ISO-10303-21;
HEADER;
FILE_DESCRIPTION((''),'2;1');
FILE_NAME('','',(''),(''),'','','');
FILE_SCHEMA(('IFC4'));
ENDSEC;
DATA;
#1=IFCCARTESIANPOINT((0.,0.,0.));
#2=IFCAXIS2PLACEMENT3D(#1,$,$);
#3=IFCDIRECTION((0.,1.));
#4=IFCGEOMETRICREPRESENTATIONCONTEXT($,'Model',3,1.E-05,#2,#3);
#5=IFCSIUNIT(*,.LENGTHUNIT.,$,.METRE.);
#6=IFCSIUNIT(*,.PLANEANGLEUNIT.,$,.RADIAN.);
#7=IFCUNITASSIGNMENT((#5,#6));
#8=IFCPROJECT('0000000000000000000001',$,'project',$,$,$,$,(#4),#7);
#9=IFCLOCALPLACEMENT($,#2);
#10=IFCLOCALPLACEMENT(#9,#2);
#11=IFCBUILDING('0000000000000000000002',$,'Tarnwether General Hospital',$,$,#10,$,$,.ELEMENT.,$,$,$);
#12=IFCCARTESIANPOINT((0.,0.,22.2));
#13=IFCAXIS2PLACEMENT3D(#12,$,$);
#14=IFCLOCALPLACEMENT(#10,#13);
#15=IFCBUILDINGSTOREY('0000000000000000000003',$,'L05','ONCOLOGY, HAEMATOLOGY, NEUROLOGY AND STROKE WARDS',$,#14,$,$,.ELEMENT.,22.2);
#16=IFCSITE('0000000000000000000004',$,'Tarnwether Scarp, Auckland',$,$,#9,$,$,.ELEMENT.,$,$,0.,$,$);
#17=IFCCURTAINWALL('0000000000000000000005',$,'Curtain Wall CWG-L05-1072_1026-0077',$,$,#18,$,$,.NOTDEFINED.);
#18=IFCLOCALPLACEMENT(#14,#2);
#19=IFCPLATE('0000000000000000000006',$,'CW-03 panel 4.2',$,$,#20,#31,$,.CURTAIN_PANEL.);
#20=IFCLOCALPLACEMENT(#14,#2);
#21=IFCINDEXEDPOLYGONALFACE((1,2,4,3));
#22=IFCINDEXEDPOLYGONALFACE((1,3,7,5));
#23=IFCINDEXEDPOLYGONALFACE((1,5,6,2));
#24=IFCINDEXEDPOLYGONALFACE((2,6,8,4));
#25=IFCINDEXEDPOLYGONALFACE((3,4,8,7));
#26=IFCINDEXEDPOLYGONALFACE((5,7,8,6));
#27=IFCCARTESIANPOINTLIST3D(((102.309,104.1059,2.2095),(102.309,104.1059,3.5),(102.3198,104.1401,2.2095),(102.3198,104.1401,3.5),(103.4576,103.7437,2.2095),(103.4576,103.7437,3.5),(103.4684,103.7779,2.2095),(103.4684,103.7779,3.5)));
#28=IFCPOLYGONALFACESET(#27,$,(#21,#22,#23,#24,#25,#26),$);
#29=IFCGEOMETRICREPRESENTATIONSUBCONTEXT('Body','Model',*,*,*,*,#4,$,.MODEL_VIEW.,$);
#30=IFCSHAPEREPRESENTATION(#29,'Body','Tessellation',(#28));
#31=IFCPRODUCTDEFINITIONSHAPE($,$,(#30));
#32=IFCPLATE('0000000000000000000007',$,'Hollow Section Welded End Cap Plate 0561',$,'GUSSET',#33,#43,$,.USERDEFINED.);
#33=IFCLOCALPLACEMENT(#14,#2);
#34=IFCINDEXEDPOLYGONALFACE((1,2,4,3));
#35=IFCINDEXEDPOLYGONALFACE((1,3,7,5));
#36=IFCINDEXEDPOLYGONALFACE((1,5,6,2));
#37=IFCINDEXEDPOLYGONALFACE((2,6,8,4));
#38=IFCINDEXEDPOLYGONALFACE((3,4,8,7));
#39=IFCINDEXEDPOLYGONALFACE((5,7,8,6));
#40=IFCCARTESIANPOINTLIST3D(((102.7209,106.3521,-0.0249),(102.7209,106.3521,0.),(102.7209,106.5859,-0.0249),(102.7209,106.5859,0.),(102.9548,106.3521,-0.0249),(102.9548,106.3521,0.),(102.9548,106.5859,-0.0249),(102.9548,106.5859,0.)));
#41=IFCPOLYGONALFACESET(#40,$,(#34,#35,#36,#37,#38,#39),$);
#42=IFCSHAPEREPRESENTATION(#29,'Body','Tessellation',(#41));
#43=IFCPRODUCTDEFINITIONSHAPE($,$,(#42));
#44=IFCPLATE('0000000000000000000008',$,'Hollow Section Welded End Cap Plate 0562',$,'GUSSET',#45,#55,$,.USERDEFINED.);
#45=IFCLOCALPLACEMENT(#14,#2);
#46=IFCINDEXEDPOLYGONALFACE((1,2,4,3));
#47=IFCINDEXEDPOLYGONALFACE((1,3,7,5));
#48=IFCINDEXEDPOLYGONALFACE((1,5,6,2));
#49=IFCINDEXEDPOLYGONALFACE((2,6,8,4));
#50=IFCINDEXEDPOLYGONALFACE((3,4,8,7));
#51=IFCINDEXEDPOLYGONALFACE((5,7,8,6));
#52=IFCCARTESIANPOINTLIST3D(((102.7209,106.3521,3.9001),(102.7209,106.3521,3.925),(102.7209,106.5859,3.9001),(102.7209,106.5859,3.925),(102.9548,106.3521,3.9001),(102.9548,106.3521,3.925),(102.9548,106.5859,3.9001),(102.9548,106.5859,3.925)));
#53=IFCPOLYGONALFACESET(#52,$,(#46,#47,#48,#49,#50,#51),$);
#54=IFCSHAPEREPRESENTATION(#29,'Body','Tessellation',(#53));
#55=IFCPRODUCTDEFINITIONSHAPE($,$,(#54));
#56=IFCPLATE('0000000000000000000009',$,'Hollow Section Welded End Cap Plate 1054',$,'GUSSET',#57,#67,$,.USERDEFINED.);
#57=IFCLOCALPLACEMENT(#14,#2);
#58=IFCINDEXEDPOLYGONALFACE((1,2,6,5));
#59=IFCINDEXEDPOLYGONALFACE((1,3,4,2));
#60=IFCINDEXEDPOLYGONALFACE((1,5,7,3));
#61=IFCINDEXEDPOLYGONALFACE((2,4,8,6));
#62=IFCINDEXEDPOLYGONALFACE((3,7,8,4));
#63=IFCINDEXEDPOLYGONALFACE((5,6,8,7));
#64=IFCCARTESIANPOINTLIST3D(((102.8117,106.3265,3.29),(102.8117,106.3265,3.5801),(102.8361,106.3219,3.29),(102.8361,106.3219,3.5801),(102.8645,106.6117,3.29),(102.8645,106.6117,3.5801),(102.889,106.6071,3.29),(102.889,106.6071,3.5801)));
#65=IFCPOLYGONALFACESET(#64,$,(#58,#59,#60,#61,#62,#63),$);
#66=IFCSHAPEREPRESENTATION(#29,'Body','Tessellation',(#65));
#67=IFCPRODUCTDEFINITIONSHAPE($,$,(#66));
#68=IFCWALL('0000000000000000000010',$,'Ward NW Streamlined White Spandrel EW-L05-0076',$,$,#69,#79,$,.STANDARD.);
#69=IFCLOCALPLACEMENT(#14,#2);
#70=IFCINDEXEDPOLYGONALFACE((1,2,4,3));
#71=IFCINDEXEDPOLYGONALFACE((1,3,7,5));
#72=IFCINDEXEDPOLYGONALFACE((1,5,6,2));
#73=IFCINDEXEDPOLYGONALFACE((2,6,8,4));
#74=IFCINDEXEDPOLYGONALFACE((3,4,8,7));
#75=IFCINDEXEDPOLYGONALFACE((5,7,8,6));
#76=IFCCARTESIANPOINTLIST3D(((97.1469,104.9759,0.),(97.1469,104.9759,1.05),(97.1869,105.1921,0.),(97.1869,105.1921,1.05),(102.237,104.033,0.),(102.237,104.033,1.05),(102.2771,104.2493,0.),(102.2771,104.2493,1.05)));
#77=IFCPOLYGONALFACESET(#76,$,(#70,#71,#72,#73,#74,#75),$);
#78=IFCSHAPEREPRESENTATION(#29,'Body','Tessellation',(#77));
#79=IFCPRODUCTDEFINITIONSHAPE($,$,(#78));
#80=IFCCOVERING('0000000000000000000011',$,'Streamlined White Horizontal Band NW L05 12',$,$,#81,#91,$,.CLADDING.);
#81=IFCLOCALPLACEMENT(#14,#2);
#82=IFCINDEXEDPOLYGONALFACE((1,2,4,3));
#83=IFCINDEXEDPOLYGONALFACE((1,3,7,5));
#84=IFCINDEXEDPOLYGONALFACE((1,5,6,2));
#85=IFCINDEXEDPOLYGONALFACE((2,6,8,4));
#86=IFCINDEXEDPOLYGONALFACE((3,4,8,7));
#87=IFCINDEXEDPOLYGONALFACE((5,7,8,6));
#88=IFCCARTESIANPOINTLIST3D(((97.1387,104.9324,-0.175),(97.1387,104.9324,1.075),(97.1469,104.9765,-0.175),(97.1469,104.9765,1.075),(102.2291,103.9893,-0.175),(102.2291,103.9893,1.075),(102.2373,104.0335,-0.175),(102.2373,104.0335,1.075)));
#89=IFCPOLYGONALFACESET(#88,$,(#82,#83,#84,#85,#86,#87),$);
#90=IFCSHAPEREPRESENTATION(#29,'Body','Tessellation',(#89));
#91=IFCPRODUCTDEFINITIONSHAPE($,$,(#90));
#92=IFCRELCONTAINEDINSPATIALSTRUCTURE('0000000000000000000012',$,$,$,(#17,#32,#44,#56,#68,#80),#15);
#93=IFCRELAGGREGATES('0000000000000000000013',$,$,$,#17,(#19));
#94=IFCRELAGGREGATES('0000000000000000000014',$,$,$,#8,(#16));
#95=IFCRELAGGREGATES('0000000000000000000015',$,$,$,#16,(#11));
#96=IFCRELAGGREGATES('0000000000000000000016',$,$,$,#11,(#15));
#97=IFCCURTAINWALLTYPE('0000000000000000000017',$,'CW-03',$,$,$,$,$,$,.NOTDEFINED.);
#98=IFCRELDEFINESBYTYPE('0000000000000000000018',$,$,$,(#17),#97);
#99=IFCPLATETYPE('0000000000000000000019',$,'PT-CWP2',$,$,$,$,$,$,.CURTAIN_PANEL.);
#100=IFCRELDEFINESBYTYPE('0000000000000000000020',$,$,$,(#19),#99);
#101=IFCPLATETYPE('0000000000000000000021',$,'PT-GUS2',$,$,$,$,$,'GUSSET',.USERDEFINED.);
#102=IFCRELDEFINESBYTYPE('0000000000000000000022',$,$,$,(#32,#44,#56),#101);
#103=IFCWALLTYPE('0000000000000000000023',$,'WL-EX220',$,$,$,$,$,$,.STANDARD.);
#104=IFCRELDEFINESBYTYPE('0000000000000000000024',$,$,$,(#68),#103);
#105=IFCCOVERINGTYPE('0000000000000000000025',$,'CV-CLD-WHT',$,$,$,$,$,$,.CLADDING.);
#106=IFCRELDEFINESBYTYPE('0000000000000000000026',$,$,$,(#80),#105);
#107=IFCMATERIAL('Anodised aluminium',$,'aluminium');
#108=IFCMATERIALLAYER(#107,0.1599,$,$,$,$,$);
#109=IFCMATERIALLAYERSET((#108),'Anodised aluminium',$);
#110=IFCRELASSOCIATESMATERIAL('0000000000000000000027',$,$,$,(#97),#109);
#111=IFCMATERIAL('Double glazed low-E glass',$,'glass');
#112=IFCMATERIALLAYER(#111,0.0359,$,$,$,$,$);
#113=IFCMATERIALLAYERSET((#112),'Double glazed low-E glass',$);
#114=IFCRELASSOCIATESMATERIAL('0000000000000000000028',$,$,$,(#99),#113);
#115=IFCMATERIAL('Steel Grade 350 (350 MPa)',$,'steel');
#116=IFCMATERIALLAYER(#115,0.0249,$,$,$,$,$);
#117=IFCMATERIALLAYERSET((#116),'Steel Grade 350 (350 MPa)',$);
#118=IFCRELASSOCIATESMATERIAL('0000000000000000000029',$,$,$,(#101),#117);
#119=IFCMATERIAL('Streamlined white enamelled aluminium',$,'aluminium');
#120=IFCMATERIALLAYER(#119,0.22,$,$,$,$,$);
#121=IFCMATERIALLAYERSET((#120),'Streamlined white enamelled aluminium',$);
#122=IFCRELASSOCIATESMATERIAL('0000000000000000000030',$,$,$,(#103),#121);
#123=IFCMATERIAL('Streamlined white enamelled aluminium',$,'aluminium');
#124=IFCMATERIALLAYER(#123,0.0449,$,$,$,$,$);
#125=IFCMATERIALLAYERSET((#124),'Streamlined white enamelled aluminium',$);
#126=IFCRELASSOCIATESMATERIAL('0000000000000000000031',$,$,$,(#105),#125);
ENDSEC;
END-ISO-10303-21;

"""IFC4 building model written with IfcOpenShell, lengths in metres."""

from ifc_helpers import new_model, si_unit, direction, frame, frame_2d, origin, origin_2d, place, context, subcontext, project, spatial, rectangle, extrude, material, layer, layer_set, type_object, element, aggregate, save


model = new_model("IFC4")

# Units and contexts
model_context = context("Model", 3, precision=1e-05, world=origin(), true_north=direction((0.0, 1.0)))
body_context = subcontext(model_context, "Body", "Model", "MODEL_VIEW")
ifc_project = project(units=[si_unit("LENGTHUNIT", "METRE"), si_unit("PLANEANGLEUNIT", "RADIAN")], contexts=[model_context])

# Site, building, storey
site_placement = place(None, origin())
site = spatial("IfcSite", under=ifc_project, at=site_placement, Name="Tarnwether Scarp, Auckland", CompositionType="ELEMENT", RefElevation=0.0)
building_placement = place(site_placement, origin())
building = spatial("IfcBuilding", under=site, at=building_placement, Name="Tarnwether General Hospital", CompositionType="ELEMENT")
storey_placement = place(building_placement, frame((0.0, 0.0, 22.2)))
storey = spatial("IfcBuildingStorey", under=building, at=storey_placement, Name="L05", Description="ONCOLOGY, HAEMATOLOGY, NEUROLOGY AND STROKE WARDS", CompositionType="ELEMENT", Elevation=22.2)

# Curtain wall
ifc_material_1 = material(Name="Anodised aluminium", Category="aluminium")
ifc_layer_1 = layer(ifc_material_1, 0.1599)
ifc_layer_set_1 = layer_set([ifc_layer_1], Name="Anodised aluminium")
curtain_wall_type = type_object("IfcCurtainWallType", Name="CW-03", PredefinedType="NOTDEFINED", material=ifc_layer_set_1)
curtain_wall_1_placement = place(storey_placement, origin())
curtain_wall_1 = element("IfcCurtainWall", 1, at=curtain_wall_1_placement, inside=storey, type_object=curtain_wall_type, Name="Curtain Wall CWG-L05-1072_1026-0077", PredefinedType="NOTDEFINED")

# Plate
ifc_material_2 = material(Name="Double glazed low-E glass", Category="glass")
ifc_layer_2 = layer(ifc_material_2, 0.0359)
ifc_layer_set_2 = layer_set([ifc_layer_2], Name="Double glazed low-E glass")
plate_type_1 = type_object("IfcPlateType", Name="PT-CWP2", PredefinedType="CURTAIN_PANEL", material=ifc_layer_set_2)
plate_1_placement = place(storey_placement, frame((102.8887, 103.9419, 2.2095), z_axis=(0.0, 0.0, 1.0), x_axis=(-0.953714, 0.300715, 0.0)))
plate_1 = element("IfcPlate", 2, at=plate_1_placement, type_object=plate_type_1, Name="CW-03 panel 4.2", PredefinedType="CURTAIN_PANEL", context=body_context, shape_type="SweptSolid", body=[
    extrude(rectangle(XDim=1.2043, YDim=0.0359, at=origin_2d()), origin(), (0.0, 0.0, 1.0), 1.2905),
])
aggregate(curtain_wall_1, [plate_1])

# Plates
ifc_material_3 = material(Name="Steel Grade 350 (350 MPa)", Category="steel")
ifc_layer_3 = layer(ifc_material_3, 0.0249)
ifc_layer_set_3 = layer_set([ifc_layer_3], Name="Steel Grade 350 (350 MPa)")
plate_type_2 = type_object("IfcPlateType", Name="PT-GUS2", ElementType="GUSSET", PredefinedType="USERDEFINED", material=ifc_layer_set_3)
for number, where, z_axis, x_axis, name in (
    (3, (102.8379, 106.469, -0.0249), (0.0, 0.0, 1.0), (1.0, 0.0, 0.0), "Hollow Section Welded End Cap Plate 0561"),
    (4, (102.8379, 106.469, 3.9001), (0.0, 0.0, 1.0), (1.0, 0.0, 0.0), "Hollow Section Welded End Cap Plate 0562"),
):
    element("IfcPlate", number, at=place(storey_placement, frame(where, z_axis=z_axis, x_axis=x_axis)), inside=storey, type_object=plate_type_2, Name=name, ObjectType="GUSSET", PredefinedType="USERDEFINED", context=body_context, shape_type="SweptSolid", body=[
        extrude(rectangle(XDim=0.2339, YDim=0.2339, at=origin_2d()), origin(), (0.0, 0.0, 1.0), 0.0249),
    ])
plate_2_placement = place(storey_placement, frame((102.8503, 106.4668, 3.29), z_axis=(0.0, 0.0, 1.0), x_axis=(0.983245, -0.182287, 0.0)))
element("IfcPlate", 5, at=plate_2_placement, inside=storey, type_object=plate_type_2, Name="Hollow Section Welded End Cap Plate 1054", ObjectType="GUSSET", PredefinedType="USERDEFINED", context=body_context, shape_type="SweptSolid", body=[
    extrude(rectangle(XDim=0.0249, YDim=0.29, at=origin_2d()), origin(), (0.0, 0.0, 1.0), 0.29),
])

# Wall
ifc_material_4 = material(Name="Streamlined white enamelled aluminium", Category="aluminium")
ifc_layer_4 = layer(ifc_material_4, 0.22)
ifc_layer_set_4 = layer_set([ifc_layer_4], Name="Streamlined white enamelled aluminium")
wall_type_1 = type_object("IfcWallType", Name="WL-EX220", PredefinedType="STANDARD", material=ifc_layer_set_4)
wall_1_placement = place(storey_placement, frame((102.2571, 104.1411, 0.0), z_axis=(0.0, 0.0, 1.0), x_axis=(-0.983273, 0.182138, 0.0)))
element("IfcWall", 6, at=wall_1_placement, inside=storey, type_object=wall_type_1, Name="Ward NW Streamlined White Spandrel EW-L05-0076", PredefinedType="STANDARD", context=body_context, shape_type="SweptSolid", body=[
    extrude(rectangle(XDim=5.1768, YDim=0.22, at=frame_2d((2.5884, 0.0))), origin(), (0.0, 0.0, 1.0), 1.05),
])

# Covering
ifc_material_5 = material(Name="Streamlined white enamelled aluminium", Category="aluminium")
ifc_layer_5 = layer(ifc_material_5, 0.0449)
ifc_layer_set_5 = layer_set([ifc_layer_5], Name="Streamlined white enamelled aluminium")
covering_type = type_object("IfcCoveringType", Name="CV-CLD-WHT", PredefinedType="CLADDING", material=ifc_layer_set_5)
covering_placement = place(storey_placement, frame((99.688, 104.4829, -0.175), z_axis=(0.0, 0.0, 1.0), x_axis=(-0.983268, 0.182167, 0.0)))
element("IfcCovering", 7, at=covering_placement, inside=storey, type_object=covering_type, Name="Streamlined White Horizontal Band NW L05 12", PredefinedType="CLADDING", context=body_context, shape_type="SweptSolid", body=[
    extrude(rectangle(XDim=5.177, YDim=0.0449, at=origin_2d()), origin(), (0.0, 0.0, 1.0), 1.25),
])

save(model, "model.ifc")
